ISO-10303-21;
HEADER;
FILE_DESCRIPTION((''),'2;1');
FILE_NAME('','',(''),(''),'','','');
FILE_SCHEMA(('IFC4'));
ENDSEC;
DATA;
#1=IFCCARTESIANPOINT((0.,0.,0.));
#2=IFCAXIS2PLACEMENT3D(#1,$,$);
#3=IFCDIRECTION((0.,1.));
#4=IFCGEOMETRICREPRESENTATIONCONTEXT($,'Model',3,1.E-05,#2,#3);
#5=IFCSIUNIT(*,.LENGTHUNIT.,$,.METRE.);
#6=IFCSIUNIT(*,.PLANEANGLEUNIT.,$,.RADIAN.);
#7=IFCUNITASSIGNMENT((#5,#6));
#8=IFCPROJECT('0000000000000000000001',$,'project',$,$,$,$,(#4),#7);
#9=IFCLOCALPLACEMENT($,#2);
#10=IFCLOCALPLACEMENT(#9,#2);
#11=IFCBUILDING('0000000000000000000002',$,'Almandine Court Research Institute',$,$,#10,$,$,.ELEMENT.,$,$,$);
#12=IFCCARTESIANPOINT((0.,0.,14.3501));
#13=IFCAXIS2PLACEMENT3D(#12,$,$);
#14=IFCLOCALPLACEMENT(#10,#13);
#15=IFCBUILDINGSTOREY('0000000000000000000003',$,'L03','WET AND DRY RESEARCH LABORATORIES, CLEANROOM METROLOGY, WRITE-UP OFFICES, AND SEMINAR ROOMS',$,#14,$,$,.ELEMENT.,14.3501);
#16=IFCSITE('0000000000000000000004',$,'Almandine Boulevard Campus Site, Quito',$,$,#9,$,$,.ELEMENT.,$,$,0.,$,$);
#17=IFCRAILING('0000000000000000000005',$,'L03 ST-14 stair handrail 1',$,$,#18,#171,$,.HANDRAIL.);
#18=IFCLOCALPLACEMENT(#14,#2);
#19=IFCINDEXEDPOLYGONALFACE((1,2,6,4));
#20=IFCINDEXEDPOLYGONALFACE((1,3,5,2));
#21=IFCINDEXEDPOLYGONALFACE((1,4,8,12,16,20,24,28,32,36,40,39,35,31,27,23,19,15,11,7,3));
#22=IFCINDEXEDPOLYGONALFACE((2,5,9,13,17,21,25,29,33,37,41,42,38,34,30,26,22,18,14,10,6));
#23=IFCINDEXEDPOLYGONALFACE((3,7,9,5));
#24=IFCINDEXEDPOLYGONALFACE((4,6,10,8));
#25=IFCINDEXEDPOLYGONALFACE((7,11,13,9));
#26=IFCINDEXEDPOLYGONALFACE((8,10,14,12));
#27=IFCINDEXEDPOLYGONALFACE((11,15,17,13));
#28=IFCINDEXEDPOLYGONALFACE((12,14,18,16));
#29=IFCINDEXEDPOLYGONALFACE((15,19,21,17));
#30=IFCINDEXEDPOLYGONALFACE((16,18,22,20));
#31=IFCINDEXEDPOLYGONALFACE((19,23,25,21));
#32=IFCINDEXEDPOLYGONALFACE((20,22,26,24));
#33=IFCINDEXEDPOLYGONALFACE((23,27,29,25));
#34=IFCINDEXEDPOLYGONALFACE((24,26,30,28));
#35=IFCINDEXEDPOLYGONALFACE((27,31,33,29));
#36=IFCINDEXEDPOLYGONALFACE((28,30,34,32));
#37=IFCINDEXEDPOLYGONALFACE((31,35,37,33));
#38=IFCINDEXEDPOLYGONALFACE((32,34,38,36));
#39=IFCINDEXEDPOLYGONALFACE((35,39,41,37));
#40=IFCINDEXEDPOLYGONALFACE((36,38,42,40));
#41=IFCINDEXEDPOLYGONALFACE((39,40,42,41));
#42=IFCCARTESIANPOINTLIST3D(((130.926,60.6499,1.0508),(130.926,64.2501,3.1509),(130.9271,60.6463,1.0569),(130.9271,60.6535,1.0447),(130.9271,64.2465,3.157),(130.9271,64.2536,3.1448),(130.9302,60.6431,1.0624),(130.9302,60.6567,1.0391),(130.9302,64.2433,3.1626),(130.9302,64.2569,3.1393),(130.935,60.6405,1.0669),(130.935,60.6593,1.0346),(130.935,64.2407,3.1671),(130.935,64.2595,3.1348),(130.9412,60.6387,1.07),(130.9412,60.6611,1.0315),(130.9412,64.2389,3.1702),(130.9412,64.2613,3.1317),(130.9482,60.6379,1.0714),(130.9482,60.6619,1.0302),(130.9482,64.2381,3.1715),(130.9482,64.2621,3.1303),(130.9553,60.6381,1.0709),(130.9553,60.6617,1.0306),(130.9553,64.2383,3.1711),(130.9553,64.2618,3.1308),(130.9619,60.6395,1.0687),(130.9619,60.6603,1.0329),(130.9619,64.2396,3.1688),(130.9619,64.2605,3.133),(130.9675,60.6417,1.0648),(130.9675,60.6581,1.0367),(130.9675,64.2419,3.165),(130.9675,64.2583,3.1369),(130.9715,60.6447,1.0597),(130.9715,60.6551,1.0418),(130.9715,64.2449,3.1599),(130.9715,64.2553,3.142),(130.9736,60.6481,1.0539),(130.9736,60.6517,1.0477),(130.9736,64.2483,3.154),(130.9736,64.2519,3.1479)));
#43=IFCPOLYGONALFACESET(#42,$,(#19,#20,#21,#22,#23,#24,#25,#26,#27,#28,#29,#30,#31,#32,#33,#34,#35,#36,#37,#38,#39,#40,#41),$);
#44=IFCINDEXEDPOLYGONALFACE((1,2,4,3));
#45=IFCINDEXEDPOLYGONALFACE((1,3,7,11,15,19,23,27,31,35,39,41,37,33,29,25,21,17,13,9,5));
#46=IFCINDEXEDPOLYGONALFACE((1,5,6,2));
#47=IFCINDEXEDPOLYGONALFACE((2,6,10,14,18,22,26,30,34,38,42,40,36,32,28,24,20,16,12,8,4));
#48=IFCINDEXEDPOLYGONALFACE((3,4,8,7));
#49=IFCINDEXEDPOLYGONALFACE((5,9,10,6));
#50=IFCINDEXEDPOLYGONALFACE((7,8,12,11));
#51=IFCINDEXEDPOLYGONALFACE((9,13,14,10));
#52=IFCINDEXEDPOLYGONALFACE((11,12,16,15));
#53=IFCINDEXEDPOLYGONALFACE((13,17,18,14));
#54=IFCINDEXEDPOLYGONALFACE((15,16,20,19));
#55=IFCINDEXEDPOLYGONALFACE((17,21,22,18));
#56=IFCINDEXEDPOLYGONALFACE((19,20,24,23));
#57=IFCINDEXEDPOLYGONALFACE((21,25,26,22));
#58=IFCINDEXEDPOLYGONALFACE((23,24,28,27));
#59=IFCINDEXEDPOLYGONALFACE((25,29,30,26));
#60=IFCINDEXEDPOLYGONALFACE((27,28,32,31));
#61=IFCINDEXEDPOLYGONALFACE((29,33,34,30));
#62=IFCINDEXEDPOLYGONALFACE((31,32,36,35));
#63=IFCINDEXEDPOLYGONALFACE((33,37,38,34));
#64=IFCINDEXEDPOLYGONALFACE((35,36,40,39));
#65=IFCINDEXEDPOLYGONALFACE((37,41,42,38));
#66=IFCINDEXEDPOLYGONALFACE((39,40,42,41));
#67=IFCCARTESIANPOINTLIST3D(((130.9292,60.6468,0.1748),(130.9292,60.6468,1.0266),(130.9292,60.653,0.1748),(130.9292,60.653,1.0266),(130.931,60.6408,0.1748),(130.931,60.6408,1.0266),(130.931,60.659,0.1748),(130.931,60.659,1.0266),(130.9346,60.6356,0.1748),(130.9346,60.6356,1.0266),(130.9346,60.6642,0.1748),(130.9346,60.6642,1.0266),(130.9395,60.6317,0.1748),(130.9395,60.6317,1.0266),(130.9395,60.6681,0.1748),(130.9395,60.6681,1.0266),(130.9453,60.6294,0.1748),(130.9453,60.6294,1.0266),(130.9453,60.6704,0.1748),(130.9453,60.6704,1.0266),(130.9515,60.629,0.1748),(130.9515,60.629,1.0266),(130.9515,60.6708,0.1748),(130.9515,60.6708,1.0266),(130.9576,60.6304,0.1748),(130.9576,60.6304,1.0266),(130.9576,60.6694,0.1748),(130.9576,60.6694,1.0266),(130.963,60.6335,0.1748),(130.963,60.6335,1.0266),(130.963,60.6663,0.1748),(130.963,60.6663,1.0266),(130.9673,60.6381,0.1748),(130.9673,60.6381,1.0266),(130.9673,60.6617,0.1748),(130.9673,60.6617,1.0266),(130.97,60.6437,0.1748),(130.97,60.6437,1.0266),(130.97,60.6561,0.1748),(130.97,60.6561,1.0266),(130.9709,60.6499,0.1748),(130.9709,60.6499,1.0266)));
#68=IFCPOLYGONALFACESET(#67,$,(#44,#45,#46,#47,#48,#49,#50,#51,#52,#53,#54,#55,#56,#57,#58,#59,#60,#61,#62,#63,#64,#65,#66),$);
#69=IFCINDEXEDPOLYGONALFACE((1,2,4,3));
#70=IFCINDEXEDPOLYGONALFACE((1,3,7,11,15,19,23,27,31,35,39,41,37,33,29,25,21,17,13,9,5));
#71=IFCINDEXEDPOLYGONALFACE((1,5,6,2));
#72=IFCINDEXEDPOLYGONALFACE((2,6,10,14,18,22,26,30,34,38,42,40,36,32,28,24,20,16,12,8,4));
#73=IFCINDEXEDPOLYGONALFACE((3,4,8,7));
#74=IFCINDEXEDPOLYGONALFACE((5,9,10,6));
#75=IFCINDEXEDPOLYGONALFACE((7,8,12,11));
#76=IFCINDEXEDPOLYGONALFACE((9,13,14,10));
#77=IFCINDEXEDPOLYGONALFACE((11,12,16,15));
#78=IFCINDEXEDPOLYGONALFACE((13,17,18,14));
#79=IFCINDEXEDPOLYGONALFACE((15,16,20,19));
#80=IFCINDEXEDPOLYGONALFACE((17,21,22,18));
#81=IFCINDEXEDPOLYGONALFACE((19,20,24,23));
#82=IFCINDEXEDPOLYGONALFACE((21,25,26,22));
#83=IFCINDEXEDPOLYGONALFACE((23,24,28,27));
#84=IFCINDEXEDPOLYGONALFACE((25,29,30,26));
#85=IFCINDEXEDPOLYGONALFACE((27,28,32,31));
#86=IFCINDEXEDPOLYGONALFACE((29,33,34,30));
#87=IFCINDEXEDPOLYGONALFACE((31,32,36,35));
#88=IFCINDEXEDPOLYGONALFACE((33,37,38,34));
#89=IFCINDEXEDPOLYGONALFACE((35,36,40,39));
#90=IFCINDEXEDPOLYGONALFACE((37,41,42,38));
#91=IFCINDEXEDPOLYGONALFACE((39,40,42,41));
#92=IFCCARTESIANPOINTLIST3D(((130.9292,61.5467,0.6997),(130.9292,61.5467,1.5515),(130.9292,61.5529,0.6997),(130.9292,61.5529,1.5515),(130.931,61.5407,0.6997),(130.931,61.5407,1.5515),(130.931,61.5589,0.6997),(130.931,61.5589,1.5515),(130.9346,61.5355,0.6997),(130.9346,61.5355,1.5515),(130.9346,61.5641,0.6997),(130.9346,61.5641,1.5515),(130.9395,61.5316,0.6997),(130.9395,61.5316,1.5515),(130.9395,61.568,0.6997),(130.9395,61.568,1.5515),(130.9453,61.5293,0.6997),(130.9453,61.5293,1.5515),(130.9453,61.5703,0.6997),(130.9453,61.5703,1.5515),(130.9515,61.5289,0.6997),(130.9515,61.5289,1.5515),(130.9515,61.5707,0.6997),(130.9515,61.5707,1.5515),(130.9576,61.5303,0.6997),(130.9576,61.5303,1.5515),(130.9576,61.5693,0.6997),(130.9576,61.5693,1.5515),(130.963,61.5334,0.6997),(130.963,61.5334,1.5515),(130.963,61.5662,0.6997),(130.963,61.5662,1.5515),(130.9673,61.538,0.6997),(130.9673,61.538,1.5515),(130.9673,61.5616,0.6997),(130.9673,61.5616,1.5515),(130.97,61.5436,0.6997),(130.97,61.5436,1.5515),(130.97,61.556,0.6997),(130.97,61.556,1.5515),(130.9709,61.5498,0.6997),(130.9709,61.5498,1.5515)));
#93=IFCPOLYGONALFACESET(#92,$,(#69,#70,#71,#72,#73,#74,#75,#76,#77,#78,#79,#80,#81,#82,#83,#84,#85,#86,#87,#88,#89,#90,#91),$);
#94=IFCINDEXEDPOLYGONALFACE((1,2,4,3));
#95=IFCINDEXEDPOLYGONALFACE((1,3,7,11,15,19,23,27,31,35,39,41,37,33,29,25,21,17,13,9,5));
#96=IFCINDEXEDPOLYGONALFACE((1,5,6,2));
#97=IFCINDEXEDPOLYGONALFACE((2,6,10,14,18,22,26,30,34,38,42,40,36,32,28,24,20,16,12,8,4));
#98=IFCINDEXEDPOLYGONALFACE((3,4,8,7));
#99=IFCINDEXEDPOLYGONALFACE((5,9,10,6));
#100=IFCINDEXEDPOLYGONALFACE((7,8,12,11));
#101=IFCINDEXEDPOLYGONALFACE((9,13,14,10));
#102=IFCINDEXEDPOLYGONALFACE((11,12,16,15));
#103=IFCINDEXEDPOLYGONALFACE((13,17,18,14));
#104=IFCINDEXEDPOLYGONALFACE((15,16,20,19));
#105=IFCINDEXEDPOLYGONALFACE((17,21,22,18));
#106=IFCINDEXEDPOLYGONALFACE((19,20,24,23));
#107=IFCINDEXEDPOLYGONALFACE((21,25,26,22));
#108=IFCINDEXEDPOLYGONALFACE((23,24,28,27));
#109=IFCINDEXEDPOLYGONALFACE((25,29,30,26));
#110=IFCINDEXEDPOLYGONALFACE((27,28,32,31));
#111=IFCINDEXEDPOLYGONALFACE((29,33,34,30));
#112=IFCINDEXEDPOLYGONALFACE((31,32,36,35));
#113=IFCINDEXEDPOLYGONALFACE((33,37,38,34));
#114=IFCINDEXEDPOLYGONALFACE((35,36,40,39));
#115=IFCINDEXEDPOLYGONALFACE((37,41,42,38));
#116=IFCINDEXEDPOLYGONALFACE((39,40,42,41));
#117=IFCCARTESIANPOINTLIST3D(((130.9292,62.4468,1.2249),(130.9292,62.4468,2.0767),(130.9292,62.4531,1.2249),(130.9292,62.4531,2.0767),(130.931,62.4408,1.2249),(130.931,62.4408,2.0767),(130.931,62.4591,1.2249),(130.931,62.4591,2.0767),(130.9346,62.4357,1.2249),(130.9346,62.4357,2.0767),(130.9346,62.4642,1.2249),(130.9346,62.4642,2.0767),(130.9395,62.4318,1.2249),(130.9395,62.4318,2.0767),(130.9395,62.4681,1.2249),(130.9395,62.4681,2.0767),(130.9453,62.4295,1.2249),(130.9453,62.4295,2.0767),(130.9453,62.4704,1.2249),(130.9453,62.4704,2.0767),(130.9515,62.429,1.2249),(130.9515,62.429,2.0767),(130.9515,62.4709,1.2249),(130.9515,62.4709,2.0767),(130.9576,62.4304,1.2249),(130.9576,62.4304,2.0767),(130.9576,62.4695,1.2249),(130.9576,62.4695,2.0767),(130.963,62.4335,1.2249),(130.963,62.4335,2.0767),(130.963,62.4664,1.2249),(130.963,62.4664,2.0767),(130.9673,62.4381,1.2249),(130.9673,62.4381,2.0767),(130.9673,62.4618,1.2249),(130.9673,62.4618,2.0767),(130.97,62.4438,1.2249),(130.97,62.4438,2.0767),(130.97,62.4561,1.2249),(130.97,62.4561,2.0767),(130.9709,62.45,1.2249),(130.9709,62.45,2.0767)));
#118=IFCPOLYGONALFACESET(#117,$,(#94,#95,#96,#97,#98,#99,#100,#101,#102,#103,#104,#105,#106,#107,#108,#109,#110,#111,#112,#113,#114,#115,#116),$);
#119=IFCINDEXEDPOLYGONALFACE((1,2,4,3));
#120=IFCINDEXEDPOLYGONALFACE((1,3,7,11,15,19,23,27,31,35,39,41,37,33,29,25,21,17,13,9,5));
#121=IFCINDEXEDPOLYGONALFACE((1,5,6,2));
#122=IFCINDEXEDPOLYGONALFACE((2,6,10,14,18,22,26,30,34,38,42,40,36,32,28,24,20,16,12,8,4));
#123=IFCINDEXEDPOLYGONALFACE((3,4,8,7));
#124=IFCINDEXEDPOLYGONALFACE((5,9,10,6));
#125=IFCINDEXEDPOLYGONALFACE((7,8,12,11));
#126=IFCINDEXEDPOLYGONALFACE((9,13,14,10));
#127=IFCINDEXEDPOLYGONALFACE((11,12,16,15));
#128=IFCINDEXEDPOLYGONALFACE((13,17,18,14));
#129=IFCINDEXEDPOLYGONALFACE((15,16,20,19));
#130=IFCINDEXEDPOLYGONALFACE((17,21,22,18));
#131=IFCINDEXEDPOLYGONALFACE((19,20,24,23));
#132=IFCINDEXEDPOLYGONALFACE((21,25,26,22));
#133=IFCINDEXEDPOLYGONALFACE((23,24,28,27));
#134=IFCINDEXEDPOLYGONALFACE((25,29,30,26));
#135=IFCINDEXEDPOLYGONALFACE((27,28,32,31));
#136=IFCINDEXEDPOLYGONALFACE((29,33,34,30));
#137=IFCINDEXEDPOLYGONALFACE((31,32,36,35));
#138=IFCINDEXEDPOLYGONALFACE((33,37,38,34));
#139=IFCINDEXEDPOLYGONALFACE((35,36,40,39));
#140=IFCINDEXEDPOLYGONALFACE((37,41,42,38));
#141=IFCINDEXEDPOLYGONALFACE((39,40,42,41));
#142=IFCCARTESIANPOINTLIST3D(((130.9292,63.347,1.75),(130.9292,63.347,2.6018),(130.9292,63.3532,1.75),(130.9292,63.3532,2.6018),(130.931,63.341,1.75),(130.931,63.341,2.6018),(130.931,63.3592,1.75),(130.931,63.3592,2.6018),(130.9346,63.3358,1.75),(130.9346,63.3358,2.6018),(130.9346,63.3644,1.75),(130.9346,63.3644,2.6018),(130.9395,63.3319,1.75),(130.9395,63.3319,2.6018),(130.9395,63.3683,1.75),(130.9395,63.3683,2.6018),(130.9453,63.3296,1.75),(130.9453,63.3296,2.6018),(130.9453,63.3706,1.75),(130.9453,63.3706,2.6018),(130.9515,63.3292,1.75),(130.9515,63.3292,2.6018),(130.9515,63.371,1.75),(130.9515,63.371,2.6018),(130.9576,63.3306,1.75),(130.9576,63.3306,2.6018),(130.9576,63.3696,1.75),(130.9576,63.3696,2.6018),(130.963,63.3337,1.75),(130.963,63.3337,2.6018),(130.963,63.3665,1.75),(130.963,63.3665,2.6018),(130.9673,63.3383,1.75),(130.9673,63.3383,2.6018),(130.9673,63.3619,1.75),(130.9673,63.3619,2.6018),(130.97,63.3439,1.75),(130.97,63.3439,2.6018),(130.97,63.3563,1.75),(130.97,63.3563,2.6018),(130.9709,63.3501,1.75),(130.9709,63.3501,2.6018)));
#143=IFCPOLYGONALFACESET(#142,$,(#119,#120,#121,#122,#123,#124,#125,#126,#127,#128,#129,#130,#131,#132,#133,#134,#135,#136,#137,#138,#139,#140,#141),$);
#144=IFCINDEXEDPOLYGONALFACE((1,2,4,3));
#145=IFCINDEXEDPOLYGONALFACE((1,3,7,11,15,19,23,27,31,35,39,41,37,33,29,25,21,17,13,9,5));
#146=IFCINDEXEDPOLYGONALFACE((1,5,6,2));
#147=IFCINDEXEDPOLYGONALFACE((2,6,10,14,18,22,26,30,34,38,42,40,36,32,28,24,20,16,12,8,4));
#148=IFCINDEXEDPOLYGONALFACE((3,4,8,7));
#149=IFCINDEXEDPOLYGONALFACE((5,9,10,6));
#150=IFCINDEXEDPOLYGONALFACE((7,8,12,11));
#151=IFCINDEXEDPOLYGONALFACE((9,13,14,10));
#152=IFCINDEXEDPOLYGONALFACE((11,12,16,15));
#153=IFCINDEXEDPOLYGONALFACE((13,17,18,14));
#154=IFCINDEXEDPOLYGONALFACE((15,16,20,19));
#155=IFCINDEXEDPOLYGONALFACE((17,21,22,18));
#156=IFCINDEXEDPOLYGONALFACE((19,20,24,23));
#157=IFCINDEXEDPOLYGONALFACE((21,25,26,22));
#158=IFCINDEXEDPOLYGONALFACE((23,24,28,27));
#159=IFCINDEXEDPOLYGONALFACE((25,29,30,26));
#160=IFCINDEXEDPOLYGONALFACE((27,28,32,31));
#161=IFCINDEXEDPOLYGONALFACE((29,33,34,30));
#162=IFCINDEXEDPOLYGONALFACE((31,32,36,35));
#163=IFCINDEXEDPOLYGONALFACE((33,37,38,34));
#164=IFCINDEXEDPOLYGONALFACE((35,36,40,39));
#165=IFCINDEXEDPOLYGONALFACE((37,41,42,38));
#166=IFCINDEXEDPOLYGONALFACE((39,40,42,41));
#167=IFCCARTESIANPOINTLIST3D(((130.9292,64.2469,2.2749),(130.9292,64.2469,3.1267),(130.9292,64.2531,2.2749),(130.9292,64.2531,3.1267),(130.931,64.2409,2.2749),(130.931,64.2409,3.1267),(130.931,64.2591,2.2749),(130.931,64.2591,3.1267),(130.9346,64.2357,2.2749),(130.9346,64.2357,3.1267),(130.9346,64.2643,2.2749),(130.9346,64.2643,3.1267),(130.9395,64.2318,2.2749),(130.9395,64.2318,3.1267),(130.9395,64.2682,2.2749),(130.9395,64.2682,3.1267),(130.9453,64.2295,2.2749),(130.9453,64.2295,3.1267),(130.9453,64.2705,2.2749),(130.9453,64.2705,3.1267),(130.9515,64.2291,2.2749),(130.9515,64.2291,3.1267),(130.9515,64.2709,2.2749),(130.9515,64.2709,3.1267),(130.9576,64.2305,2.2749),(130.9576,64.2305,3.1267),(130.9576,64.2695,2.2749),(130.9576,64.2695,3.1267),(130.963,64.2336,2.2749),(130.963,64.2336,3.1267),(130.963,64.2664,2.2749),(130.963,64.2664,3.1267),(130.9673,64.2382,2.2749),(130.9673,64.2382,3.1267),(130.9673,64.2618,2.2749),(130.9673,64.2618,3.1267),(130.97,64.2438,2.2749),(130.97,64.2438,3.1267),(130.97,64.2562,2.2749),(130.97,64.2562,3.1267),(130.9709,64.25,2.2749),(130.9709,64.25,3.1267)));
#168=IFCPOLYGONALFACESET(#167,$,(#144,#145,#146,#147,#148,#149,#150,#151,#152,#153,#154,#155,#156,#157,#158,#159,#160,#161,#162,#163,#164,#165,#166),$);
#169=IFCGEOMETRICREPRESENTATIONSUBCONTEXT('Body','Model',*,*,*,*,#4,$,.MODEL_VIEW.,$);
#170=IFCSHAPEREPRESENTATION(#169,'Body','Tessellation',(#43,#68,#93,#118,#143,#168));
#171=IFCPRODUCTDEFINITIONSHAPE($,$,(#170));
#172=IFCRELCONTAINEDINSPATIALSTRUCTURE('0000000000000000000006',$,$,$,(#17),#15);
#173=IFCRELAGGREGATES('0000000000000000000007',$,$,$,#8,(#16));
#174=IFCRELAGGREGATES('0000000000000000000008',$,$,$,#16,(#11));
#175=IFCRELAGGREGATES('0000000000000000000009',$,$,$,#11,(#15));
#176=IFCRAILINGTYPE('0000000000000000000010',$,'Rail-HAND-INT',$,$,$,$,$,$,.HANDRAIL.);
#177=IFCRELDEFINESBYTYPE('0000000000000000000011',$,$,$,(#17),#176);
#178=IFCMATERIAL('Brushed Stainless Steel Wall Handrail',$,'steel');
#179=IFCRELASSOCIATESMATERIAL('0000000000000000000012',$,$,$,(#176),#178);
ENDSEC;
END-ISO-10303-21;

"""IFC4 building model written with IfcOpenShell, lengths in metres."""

from ifc_helpers import new_model, si_unit, direction, frame, origin, origin_2d, place, context, subcontext, project, spatial, circle, extrude, material, type_object, element, save


model = new_model("IFC4")

# Units and contexts
model_context = context("Model", 3, precision=1e-05, world=origin(), true_north=direction((0.0, 1.0)))
body_context = subcontext(model_context, "Body", "Model", "MODEL_VIEW")
ifc_project = project(units=[si_unit("LENGTHUNIT", "METRE"), si_unit("PLANEANGLEUNIT", "RADIAN")], contexts=[model_context])

# Site, building, storey
site_placement = place(None, origin())
site = spatial("IfcSite", under=ifc_project, at=site_placement, Name="Almandine Boulevard Campus Site, Quito", CompositionType="ELEMENT", RefElevation=0.0)
building_placement = place(site_placement, origin())
building = spatial("IfcBuilding", under=site, at=building_placement, Name="Almandine Court Research Institute", CompositionType="ELEMENT")
storey_placement = place(building_placement, frame((0.0, 0.0, 14.3501)))
storey = spatial("IfcBuildingStorey", under=building, at=storey_placement, Name="L03", Description="WET AND DRY RESEARCH LABORATORIES, CLEANROOM METROLOGY, WRITE-UP OFFICES, AND SEMINAR ROOMS", CompositionType="ELEMENT", Elevation=14.3501)

# Railing
ifc_material_1 = material(Name="Brushed Stainless Steel Wall Handrail", Category="steel")
railing_type_1 = type_object("IfcRailingType", Name="Rail-HAND-INT", PredefinedType="HANDRAIL", material=ifc_material_1)
railing_1_placement = place(storey_placement, frame((130.95, 60.6499, 0.1748)))
element("IfcRailing", 1, at=railing_1_placement, inside=storey, type_object=railing_type_1, Name="L03 ST-14 stair handrail 1", PredefinedType="HANDRAIL", context=body_context, shape_type="SweptSolid", body=[
    extrude(circle(Radius=0.0239, at=origin_2d()), frame((0.0, 0.0, 0.876), z_axis=(0.0, 0.863775, 0.503878), x_axis=(-1.0, 0.0, 0.0)), (0.0, 0.0, 1.0), 4.168),
    extrude(circle(Radius=0.021, at=origin_2d()), origin(), (0.0, 0.0, 1.0), 0.8518),
    extrude(circle(Radius=0.021, at=origin_2d()), frame((0.0, 0.8999, 0.5249)), (0.0, 0.0, 1.0), 0.8518),
    extrude(circle(Radius=0.021, at=origin_2d()), frame((0.0, 1.8, 1.05)), (0.0, 0.0, 1.0), 0.8518),
    extrude(circle(Radius=0.021, at=origin_2d()), frame((0.0, 2.7002, 1.5752)), (0.0, 0.0, 1.0), 0.8518),
    extrude(circle(Radius=0.021, at=origin_2d()), frame((0.0, 3.6001, 2.1001)), (0.0, 0.0, 1.0), 0.8518),
])

save(model, "model.ifc")
